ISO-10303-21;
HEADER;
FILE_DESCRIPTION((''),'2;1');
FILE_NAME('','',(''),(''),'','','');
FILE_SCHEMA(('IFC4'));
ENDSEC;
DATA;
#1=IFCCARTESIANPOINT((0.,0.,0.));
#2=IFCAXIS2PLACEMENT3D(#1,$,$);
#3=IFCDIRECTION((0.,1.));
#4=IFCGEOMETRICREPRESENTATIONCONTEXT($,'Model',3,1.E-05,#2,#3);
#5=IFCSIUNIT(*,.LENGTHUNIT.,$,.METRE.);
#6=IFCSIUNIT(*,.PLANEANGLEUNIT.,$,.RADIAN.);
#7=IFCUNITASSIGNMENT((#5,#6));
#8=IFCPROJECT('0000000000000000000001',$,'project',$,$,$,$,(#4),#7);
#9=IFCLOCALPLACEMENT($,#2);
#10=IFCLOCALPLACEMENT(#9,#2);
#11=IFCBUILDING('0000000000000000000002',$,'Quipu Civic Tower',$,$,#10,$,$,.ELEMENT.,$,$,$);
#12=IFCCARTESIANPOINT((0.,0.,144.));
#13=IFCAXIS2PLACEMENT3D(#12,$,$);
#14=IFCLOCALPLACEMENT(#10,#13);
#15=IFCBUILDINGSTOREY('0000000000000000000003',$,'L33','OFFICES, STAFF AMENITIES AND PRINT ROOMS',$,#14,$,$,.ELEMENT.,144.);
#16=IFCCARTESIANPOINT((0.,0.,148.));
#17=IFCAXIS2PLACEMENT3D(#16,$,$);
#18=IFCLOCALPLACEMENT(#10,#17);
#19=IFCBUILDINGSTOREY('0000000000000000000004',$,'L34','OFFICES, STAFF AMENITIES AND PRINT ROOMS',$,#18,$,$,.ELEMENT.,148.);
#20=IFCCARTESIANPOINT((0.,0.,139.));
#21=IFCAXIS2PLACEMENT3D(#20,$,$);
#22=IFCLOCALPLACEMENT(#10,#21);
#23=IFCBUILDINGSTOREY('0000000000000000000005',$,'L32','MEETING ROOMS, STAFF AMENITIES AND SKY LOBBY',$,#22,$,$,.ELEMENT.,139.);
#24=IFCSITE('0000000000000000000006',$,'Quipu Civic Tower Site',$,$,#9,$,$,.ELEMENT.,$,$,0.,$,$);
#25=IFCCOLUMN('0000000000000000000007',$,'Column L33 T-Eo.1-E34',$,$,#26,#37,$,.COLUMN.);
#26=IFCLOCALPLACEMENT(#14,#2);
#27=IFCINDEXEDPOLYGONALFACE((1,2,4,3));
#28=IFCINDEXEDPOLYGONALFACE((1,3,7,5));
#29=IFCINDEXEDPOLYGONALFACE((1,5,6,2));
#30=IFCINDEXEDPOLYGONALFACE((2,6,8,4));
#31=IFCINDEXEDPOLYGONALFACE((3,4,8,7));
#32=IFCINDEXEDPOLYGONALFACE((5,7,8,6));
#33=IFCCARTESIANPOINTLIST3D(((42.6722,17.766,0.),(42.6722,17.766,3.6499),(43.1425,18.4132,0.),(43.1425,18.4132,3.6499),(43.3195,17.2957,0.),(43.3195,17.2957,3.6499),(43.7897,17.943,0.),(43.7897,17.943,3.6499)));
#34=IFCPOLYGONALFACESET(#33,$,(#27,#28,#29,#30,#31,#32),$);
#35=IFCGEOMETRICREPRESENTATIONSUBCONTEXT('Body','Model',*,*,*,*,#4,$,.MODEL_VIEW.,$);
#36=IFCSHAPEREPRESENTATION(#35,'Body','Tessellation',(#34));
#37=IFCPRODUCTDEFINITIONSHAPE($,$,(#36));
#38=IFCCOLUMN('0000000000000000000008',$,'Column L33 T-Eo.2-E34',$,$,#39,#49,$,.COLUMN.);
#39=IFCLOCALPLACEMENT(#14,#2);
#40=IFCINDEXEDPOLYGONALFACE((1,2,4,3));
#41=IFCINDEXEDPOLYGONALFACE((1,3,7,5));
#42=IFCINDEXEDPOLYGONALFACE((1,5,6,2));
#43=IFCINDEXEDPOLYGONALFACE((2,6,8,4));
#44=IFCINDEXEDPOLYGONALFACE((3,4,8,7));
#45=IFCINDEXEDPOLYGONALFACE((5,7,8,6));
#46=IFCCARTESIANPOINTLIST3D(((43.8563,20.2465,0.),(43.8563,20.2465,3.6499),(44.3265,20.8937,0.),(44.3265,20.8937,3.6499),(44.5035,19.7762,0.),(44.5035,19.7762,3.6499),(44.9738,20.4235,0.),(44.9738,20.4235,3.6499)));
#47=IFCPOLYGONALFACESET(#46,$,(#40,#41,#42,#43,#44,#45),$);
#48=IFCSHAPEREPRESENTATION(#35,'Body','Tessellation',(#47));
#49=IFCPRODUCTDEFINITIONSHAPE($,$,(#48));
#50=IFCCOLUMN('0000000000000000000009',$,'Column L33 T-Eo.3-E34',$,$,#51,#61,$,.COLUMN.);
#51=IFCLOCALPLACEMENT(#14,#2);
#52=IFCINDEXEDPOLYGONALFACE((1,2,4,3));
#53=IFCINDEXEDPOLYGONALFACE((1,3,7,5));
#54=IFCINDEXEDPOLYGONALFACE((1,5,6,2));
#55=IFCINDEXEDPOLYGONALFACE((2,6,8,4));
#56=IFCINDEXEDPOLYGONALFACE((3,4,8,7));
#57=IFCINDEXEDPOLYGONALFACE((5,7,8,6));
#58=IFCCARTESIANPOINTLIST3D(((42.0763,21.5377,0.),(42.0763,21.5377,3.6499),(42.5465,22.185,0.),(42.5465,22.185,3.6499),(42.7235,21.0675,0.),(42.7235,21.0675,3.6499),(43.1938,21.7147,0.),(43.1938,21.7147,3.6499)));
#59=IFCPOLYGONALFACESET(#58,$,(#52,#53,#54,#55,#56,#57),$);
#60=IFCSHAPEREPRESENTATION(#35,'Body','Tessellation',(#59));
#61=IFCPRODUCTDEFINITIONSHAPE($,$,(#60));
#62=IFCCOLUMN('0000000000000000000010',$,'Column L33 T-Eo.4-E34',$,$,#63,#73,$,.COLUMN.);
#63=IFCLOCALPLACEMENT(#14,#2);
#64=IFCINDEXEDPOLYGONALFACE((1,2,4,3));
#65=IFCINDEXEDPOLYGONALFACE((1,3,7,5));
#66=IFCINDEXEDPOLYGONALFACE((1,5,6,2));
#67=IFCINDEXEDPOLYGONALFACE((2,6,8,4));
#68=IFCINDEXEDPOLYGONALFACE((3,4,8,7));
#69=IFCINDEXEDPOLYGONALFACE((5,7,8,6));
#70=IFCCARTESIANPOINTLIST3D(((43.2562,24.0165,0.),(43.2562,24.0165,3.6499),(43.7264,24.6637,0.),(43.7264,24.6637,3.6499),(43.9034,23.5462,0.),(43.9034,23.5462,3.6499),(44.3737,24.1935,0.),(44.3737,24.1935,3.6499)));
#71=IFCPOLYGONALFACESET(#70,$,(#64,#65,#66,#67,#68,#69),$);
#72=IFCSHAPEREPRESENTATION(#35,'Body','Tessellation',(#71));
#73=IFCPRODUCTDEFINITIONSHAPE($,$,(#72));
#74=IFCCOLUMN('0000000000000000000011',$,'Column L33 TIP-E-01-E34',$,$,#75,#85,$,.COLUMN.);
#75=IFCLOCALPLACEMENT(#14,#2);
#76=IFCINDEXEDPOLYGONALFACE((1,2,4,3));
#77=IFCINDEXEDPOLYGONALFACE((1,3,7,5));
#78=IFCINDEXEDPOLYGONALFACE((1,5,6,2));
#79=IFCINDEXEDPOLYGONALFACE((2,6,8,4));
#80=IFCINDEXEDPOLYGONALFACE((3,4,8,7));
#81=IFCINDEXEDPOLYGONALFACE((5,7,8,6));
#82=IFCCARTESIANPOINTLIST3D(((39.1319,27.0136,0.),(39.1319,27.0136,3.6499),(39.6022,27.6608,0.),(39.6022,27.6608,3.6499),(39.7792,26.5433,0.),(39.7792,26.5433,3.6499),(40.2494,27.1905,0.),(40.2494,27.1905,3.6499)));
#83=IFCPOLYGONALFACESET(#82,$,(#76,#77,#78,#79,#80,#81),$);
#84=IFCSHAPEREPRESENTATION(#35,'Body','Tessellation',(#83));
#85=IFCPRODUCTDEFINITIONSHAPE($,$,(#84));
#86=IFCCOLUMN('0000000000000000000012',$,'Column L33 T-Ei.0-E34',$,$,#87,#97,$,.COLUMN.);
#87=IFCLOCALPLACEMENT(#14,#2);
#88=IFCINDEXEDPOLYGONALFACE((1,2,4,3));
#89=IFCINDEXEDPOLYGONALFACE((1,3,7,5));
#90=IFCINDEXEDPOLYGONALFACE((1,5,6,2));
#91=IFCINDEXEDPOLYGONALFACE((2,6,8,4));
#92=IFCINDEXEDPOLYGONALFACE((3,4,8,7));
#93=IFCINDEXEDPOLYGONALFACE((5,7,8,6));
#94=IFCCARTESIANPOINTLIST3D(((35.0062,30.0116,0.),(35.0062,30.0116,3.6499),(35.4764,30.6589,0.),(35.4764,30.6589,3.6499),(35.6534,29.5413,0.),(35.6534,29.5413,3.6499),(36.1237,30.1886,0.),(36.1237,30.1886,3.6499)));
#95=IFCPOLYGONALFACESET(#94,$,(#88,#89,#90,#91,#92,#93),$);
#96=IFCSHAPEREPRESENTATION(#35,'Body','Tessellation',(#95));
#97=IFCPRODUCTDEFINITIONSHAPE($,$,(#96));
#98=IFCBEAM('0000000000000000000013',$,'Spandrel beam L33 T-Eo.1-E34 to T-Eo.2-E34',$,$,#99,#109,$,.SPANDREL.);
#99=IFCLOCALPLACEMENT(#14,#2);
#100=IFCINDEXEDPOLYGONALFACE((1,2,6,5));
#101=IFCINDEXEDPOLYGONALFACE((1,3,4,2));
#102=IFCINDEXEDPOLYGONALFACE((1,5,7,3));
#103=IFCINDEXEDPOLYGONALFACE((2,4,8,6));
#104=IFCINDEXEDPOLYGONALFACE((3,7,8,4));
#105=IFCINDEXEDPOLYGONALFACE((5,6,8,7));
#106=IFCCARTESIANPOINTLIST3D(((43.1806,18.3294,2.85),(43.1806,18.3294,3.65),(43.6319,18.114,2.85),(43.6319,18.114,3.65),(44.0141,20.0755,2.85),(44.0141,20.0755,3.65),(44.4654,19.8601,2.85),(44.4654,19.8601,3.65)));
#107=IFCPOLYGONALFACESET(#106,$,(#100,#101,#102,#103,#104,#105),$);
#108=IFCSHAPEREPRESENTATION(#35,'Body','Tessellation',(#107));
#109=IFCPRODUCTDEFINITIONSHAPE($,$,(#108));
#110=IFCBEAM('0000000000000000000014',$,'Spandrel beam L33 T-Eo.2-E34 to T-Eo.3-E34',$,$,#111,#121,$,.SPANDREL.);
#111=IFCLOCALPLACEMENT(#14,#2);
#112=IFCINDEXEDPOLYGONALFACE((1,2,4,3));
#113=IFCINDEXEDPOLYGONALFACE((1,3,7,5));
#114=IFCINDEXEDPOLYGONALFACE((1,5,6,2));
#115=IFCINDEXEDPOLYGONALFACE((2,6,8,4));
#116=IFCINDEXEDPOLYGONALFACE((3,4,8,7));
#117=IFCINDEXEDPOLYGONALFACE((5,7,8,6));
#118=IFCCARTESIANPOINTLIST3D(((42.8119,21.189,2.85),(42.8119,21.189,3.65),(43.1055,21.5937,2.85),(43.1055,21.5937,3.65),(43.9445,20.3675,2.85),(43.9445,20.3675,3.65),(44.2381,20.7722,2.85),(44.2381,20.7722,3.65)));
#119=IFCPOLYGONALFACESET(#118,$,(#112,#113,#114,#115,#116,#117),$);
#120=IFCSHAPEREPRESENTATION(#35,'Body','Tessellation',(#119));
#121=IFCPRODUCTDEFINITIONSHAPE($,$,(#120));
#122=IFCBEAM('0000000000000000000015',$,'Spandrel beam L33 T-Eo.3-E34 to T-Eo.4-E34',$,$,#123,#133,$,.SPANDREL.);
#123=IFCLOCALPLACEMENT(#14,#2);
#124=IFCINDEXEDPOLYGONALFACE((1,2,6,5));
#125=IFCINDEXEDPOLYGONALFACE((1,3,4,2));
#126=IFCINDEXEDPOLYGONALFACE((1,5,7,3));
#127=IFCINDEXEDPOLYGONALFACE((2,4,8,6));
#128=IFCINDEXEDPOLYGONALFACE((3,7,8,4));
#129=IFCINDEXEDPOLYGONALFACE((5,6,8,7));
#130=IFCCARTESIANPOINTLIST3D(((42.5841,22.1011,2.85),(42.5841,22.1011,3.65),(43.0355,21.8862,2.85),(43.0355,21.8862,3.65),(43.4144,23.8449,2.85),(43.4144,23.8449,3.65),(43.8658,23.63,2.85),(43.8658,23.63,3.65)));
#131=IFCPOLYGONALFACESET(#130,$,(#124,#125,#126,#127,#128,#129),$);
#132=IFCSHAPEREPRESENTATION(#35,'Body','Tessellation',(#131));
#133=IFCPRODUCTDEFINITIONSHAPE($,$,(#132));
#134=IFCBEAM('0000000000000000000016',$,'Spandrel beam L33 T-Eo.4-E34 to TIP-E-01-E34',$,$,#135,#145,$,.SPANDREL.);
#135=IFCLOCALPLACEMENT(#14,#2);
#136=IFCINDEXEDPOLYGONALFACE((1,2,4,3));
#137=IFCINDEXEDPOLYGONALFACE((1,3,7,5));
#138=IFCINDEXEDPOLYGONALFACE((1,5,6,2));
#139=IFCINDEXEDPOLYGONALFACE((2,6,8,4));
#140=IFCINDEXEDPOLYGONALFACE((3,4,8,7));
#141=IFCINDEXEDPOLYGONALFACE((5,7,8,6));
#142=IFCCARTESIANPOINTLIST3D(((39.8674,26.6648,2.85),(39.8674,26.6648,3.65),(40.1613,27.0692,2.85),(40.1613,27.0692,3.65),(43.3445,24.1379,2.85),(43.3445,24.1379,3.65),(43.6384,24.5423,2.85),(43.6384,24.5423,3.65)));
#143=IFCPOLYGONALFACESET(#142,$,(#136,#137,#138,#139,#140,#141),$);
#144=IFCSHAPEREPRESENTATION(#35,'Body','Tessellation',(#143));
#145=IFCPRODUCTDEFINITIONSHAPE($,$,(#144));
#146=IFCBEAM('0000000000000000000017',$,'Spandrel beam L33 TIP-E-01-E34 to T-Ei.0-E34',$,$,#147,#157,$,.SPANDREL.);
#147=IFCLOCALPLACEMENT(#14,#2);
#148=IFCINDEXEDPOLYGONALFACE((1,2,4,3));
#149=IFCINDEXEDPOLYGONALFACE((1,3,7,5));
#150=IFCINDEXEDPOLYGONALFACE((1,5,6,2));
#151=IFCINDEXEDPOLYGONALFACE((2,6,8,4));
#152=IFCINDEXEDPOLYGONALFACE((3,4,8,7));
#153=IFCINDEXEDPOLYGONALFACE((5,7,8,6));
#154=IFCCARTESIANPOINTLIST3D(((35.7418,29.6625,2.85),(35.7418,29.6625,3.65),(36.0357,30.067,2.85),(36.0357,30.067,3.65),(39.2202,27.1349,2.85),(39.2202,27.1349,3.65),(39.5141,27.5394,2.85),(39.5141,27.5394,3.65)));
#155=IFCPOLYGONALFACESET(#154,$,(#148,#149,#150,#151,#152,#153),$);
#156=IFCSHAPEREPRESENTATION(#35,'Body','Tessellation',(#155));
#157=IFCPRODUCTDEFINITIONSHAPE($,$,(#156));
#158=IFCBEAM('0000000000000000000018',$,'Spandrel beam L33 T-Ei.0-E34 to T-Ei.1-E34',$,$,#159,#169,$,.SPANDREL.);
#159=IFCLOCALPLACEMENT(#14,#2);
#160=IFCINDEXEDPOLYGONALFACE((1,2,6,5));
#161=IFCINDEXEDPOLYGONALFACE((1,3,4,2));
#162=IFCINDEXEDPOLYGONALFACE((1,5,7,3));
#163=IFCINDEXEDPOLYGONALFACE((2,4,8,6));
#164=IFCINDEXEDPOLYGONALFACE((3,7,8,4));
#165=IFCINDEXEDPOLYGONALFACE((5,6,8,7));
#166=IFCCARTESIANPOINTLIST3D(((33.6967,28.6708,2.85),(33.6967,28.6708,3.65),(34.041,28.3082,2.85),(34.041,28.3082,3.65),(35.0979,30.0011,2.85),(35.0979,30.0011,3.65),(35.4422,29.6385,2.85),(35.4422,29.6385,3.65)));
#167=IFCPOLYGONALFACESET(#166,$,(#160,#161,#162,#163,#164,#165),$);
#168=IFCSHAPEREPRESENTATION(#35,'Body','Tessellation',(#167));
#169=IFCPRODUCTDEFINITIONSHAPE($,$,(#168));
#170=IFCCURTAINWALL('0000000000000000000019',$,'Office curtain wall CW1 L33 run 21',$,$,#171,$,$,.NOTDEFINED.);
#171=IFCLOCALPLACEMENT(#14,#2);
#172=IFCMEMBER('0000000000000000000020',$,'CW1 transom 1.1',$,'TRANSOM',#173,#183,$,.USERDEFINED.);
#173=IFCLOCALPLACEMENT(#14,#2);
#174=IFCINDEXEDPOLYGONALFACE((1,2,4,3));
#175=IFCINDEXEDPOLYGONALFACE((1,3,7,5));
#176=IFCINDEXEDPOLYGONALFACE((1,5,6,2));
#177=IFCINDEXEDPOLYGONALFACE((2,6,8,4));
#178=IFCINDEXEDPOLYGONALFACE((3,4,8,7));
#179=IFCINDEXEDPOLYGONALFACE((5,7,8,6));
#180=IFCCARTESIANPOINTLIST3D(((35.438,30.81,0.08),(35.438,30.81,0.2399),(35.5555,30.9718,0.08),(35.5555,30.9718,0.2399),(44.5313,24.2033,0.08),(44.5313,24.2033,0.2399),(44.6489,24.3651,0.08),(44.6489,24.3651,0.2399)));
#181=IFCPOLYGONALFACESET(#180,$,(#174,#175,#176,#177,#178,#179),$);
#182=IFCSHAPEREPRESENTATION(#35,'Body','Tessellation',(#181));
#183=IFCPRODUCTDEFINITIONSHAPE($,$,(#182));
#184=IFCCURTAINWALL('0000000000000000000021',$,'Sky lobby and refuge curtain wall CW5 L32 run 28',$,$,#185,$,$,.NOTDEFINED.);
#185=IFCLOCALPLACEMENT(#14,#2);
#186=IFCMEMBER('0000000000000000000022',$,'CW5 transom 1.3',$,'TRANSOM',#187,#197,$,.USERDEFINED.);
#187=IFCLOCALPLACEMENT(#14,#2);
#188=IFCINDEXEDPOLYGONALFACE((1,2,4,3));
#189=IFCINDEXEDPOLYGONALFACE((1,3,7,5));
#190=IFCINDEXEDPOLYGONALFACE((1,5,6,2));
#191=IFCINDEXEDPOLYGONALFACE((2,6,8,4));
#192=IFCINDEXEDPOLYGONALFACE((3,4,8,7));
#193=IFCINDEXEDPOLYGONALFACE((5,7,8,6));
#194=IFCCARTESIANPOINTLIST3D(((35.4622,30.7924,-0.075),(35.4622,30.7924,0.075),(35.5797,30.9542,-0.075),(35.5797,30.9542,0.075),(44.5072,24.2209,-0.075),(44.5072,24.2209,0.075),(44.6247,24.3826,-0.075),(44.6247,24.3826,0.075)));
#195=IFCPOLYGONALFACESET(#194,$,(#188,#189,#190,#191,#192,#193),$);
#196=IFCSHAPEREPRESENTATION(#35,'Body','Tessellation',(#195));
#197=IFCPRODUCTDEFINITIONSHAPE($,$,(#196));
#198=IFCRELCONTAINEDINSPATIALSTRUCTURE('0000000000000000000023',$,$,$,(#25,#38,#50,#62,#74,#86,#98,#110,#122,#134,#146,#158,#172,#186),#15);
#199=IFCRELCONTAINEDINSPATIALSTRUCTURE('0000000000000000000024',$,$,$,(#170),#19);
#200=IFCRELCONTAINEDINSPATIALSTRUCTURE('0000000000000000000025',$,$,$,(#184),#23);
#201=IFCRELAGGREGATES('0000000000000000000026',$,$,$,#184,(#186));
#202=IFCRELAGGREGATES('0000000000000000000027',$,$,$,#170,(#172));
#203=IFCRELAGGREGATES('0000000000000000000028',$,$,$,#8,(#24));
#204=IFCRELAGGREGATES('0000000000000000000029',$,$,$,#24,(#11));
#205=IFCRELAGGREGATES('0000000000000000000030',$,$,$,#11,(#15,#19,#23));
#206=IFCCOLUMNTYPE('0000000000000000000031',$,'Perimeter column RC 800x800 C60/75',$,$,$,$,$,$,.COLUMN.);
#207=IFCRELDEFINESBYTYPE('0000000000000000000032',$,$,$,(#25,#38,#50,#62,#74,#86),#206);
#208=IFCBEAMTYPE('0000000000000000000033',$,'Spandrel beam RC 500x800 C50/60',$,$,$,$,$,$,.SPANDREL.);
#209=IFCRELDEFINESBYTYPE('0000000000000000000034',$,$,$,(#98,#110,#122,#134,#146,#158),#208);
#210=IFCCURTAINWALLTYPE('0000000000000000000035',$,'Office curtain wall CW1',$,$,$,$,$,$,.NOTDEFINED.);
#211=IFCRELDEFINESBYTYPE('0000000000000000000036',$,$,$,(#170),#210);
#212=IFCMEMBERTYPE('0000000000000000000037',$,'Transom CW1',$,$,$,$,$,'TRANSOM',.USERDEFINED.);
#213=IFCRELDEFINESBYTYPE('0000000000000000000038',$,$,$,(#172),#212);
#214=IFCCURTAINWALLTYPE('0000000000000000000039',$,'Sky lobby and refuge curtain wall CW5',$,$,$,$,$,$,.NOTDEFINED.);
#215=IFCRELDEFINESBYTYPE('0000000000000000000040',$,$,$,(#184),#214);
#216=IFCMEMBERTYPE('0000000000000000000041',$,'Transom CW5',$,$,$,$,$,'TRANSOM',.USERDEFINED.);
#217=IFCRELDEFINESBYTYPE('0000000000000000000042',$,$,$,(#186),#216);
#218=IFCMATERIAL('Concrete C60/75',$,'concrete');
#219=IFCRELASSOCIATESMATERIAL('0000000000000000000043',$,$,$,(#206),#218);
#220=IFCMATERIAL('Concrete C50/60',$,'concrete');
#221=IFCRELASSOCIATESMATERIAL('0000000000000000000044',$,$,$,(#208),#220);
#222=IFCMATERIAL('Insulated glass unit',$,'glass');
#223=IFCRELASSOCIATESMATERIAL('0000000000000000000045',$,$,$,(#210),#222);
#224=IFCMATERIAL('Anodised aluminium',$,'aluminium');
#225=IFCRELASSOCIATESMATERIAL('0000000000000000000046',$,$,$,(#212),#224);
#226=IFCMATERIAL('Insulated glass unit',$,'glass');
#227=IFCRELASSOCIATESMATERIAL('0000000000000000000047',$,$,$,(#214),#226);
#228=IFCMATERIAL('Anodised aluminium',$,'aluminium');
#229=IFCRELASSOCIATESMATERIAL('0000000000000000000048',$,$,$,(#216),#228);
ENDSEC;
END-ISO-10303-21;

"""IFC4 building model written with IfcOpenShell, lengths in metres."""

from ifc_helpers import new_model, si_unit, direction, frame, origin, origin_2d, place, context, subcontext, project, spatial, rectangle, extrude, material, material_profile, profile_set, type_object, element, aggregate, save


model = new_model("IFC4")

# Units and contexts
model_context = context("Model", 3, precision=1e-05, world=origin(), true_north=direction((0.0, 1.0)))
body_context = subcontext(model_context, "Body", "Model", "MODEL_VIEW")
ifc_project = project(units=[si_unit("LENGTHUNIT", "METRE"), si_unit("PLANEANGLEUNIT", "RADIAN")], contexts=[model_context])

# Site, building, storey
site_placement = place(None, origin())
site = spatial("IfcSite", under=ifc_project, at=site_placement, Name="Quipu Civic Tower Site", CompositionType="ELEMENT", RefElevation=0.0)
building_placement = place(site_placement, origin())
building = spatial("IfcBuilding", under=site, at=building_placement, Name="Quipu Civic Tower", CompositionType="ELEMENT")
storey_1_placement = place(building_placement, frame((0.0, 0.0, 144.0)))
storey_1 = spatial("IfcBuildingStorey", under=building, at=storey_1_placement, Name="L33", Description="OFFICES, STAFF AMENITIES AND PRINT ROOMS", CompositionType="ELEMENT", Elevation=144.0)

# Columns
ifc_material_1 = material(Name="Concrete C60/75", Category="concrete")
ifc_material_profile_1 = material_profile(ifc_material_1, rectangle(XDim=0.8, YDim=0.8, at=origin_2d()), Name="RC800x800")
ifc_profile_set_1 = profile_set([ifc_material_profile_1], Name="Concrete C60/75")
column_type = type_object("IfcColumnType", Name="Perimeter column RC 800x800 C60/75", PredefinedType="COLUMN", material=ifc_profile_set_1)
for number, where, z_axis, x_axis, name in (
    (1, (43.231, 17.8545, 0.0), (0.0, 0.0, 1.0), (0.587785, 0.809017, 0.0), "Column L33 T-Eo.1-E34"),
    (2, (44.415, 20.335, 0.0), (0.0, 0.0, 1.0), (0.587785, 0.809017, 0.0), "Column L33 T-Eo.2-E34"),
    (3, (42.635, 21.6262, 0.0), (0.0, 0.0, 1.0), (-0.809017, 0.587785, 0.0), "Column L33 T-Eo.3-E34"),
    (4, (43.8149, 24.105, 0.0), (0.0, 0.0, 1.0), (-0.809017, 0.587785, 0.0), "Column L33 T-Eo.4-E34"),
    (5, (39.6907, 27.1021, 0.0), (0.0, 0.0, 1.0), (-0.809017, 0.587785, 0.0), "Column L33 TIP-E-01-E34"),
    (6, (35.5649, 30.1001, 0.0), (0.0, 0.0, 1.0), (-0.587785, -0.809017, 0.0), "Column L33 T-Ei.0-E34"),
):
    element("IfcColumn", number, at=place(storey_1_placement, frame(where, z_axis=z_axis, x_axis=x_axis)), inside=storey_1, type_object=column_type, Name=name, PredefinedType="COLUMN", context=body_context, shape_type="SweptSolid", body=[
        extrude(rectangle(XDim=0.8, YDim=0.8, at=origin_2d()), origin(), (0.0, 0.0, 1.0), 3.6499),
    ])

# Beams
ifc_material_2 = material(Name="Concrete C50/60", Category="concrete")
ifc_material_profile_2 = material_profile(ifc_material_2, rectangle(XDim=0.5, YDim=0.8, at=origin_2d()), Name="RC500x800")
ifc_profile_set_2 = profile_set([ifc_material_profile_2], Name="Concrete C50/60")
beam_type = type_object("IfcBeamType", Name="Spandrel beam RC 500x800 C50/60", PredefinedType="SPANDREL", material=ifc_profile_set_2)
beam_1_placement = place(storey_1_placement, frame((43.4062, 18.2217, 3.25), z_axis=(0.430786, 0.902454, 0.0), x_axis=(-0.902454, 0.430786, 0.0)))
element("IfcBeam", 7, at=beam_1_placement, inside=storey_1, type_object=beam_type, Name="Spandrel beam L33 T-Eo.1-E34 to T-Eo.2-E34", PredefinedType="SPANDREL", context=body_context, shape_type="SweptSolid", body=[
    extrude(rectangle(XDim=0.5, YDim=0.8, at=origin_2d()), origin(), (0.0, 0.0, 1.0), 1.9348),
])
beam_2_placement = place(storey_1_placement, frame((44.0913, 20.5698, 3.25), z_axis=(-0.809467, 0.587165, 0.0), x_axis=(-0.587165, -0.809467, 0.0)))
element("IfcBeam", 8, at=beam_2_placement, inside=storey_1, type_object=beam_type, Name="Spandrel beam L33 T-Eo.2-E34 to T-Eo.3-E34", PredefinedType="SPANDREL", context=body_context, shape_type="SweptSolid", body=[
    extrude(rectangle(XDim=0.5, YDim=0.8, at=origin_2d()), origin(), (0.0, 0.0, 1.0), 1.3992),
])
beam_3_placement = place(storey_1_placement, frame((42.8098, 21.9937, 3.25), z_axis=(0.429889, 0.902882, 0.0), x_axis=(-0.902882, 0.429889, 0.0)))
element("IfcBeam", 9, at=beam_3_placement, inside=storey_1, type_object=beam_type, Name="Spandrel beam L33 T-Eo.3-E34 to T-Eo.4-E34", PredefinedType="SPANDREL", context=body_context, shape_type="SweptSolid", body=[
    extrude(rectangle(XDim=0.5, YDim=0.8, at=origin_2d()), origin(), (0.0, 0.0, 1.0), 1.9314),
])
beam_4_placement = place(storey_1_placement, frame((43.4915, 24.3401, 3.25), z_axis=(-0.808947, 0.587881, 0.0), x_axis=(-0.587881, -0.808947, 0.0)))
element("IfcBeam", 10, at=beam_4_placement, inside=storey_1, type_object=beam_type, Name="Spandrel beam L33 T-Eo.4-E34 to TIP-E-01-E34", PredefinedType="SPANDREL", context=body_context, shape_type="SweptSolid", body=[
    extrude(rectangle(XDim=0.5, YDim=0.8, at=origin_2d()), origin(), (0.0, 0.0, 1.0), 4.2983),
])
beam_5_placement = place(storey_1_placement, frame((39.3672, 27.3372, 3.25), z_axis=(-0.808984, 0.587831, 0.0), x_axis=(-0.587831, -0.808984, 0.0)))
element("IfcBeam", 11, at=beam_5_placement, inside=storey_1, type_object=beam_type, Name="Spandrel beam L33 TIP-E-01-E34 to T-Ei.0-E34", PredefinedType="SPANDREL", context=body_context, shape_type="SweptSolid", body=[
    extrude(rectangle(XDim=0.5, YDim=0.8, at=origin_2d()), origin(), (0.0, 0.0, 1.0), 4.2998),
])
beam_6_placement = place(storey_1_placement, frame((35.27, 29.8198, 3.25), z_axis=(-0.725192, -0.688547, 0.0), x_axis=(0.688547, -0.725192, 0.0)))
element("IfcBeam", 12, at=beam_6_placement, inside=storey_1, type_object=beam_type, Name="Spandrel beam L33 T-Ei.0-E34 to T-Ei.1-E34", PredefinedType="SPANDREL", context=body_context, shape_type="SweptSolid", body=[
    extrude(rectangle(XDim=0.5, YDim=0.8, at=origin_2d()), origin(), (0.0, 0.0, 1.0), 1.9321),
])

# Shared definitions
storey_2_placement = place(building_placement, frame((0.0, 0.0, 148.0)))
storey_2 = spatial("IfcBuildingStorey", under=building, at=storey_2_placement, Name="L34", Description="OFFICES, STAFF AMENITIES AND PRINT ROOMS", CompositionType="ELEMENT", Elevation=148.0)

# Curtain wall, member
ifc_material_3 = material(Name="Insulated glass unit", Category="glass")
curtain_wall_type_1 = type_object("IfcCurtainWallType", Name="Office curtain wall CW1", PredefinedType="NOTDEFINED", material=ifc_material_3)
curtain_wall_1_placement = place(storey_2_placement, origin())
curtain_wall_1 = element("IfcCurtainWall", 13, at=curtain_wall_1_placement, inside=storey_2, type_object=curtain_wall_type_1, Name="Office curtain wall CW1 L33 run 21", PredefinedType="NOTDEFINED")
ifc_material_4 = material(Name="Anodised aluminium", Category="aluminium")
ifc_material_profile_3 = material_profile(ifc_material_4, rectangle(XDim=0.2, YDim=0.1599, at=origin_2d()), Name="RECT 200x160")
ifc_profile_set_3 = profile_set([ifc_material_profile_3], Name="Anodised aluminium")
member_type_1 = type_object("IfcMemberType", Name="Transom CW1", ElementType="TRANSOM", PredefinedType="USERDEFINED", material=ifc_profile_set_3)
member_1_placement = place(storey_1_placement, frame((44.5901, 24.2842, 0.1599), z_axis=(-0.809015, 0.587788, 0.0), x_axis=(-0.587788, -0.809015, 0.0)))
member_1 = element("IfcMember", 14, at=member_1_placement, inside=storey_1, type_object=member_type_1, Name="CW1 transom 1.1", ObjectType="TRANSOM", PredefinedType="USERDEFINED", context=body_context, shape_type="SweptSolid", body=[
    extrude(rectangle(XDim=0.2, YDim=0.1599, at=origin_2d()), origin(), (0.0, 0.0, 1.0), 11.24),
])

# Shared definitions
storey_3_placement = place(building_placement, frame((0.0, 0.0, 139.0)))
storey_3 = spatial("IfcBuildingStorey", under=building, at=storey_3_placement, Name="L32", Description="MEETING ROOMS, STAFF AMENITIES AND SKY LOBBY", CompositionType="ELEMENT", Elevation=139.0)

# Curtain wall, member
ifc_material_5 = material(Name="Insulated glass unit", Category="glass")
curtain_wall_type_2 = type_object("IfcCurtainWallType", Name="Sky lobby and refuge curtain wall CW5", PredefinedType="NOTDEFINED", material=ifc_material_5)
curtain_wall_2_placement = place(storey_3_placement, origin())
curtain_wall_2 = element("IfcCurtainWall", 15, at=curtain_wall_2_placement, inside=storey_3, type_object=curtain_wall_type_2, Name="Sky lobby and refuge curtain wall CW5 L32 run 28", PredefinedType="NOTDEFINED")
ifc_material_6 = material(Name="Anodised aluminium", Category="aluminium")
ifc_material_profile_4 = material_profile(ifc_material_6, rectangle(XDim=0.2, YDim=0.1499, at=origin_2d()), Name="RECT 200x150")
ifc_profile_set_4 = profile_set([ifc_material_profile_4], Name="Anodised aluminium")
member_type_2 = type_object("IfcMemberType", Name="Transom CW5", ElementType="TRANSOM", PredefinedType="USERDEFINED", material=ifc_profile_set_4)
member_2_placement = place(storey_1_placement, frame((44.5659, 24.3018, 0.0), z_axis=(-0.809016, 0.587786, 0.0), x_axis=(-0.587786, -0.809016, 0.0)))
member_2 = element("IfcMember", 16, at=member_2_placement, inside=storey_1, type_object=member_type_2, Name="CW5 transom 1.3", ObjectType="TRANSOM", PredefinedType="USERDEFINED", context=body_context, shape_type="SweptSolid", body=[
    extrude(rectangle(XDim=0.2, YDim=0.1499, at=origin_2d()), origin(), (0.0, 0.0, 1.0), 11.1802),
])
aggregate(curtain_wall_2, [member_2])

aggregate(curtain_wall_1, [member_1])

save(model, "model.ifc")
